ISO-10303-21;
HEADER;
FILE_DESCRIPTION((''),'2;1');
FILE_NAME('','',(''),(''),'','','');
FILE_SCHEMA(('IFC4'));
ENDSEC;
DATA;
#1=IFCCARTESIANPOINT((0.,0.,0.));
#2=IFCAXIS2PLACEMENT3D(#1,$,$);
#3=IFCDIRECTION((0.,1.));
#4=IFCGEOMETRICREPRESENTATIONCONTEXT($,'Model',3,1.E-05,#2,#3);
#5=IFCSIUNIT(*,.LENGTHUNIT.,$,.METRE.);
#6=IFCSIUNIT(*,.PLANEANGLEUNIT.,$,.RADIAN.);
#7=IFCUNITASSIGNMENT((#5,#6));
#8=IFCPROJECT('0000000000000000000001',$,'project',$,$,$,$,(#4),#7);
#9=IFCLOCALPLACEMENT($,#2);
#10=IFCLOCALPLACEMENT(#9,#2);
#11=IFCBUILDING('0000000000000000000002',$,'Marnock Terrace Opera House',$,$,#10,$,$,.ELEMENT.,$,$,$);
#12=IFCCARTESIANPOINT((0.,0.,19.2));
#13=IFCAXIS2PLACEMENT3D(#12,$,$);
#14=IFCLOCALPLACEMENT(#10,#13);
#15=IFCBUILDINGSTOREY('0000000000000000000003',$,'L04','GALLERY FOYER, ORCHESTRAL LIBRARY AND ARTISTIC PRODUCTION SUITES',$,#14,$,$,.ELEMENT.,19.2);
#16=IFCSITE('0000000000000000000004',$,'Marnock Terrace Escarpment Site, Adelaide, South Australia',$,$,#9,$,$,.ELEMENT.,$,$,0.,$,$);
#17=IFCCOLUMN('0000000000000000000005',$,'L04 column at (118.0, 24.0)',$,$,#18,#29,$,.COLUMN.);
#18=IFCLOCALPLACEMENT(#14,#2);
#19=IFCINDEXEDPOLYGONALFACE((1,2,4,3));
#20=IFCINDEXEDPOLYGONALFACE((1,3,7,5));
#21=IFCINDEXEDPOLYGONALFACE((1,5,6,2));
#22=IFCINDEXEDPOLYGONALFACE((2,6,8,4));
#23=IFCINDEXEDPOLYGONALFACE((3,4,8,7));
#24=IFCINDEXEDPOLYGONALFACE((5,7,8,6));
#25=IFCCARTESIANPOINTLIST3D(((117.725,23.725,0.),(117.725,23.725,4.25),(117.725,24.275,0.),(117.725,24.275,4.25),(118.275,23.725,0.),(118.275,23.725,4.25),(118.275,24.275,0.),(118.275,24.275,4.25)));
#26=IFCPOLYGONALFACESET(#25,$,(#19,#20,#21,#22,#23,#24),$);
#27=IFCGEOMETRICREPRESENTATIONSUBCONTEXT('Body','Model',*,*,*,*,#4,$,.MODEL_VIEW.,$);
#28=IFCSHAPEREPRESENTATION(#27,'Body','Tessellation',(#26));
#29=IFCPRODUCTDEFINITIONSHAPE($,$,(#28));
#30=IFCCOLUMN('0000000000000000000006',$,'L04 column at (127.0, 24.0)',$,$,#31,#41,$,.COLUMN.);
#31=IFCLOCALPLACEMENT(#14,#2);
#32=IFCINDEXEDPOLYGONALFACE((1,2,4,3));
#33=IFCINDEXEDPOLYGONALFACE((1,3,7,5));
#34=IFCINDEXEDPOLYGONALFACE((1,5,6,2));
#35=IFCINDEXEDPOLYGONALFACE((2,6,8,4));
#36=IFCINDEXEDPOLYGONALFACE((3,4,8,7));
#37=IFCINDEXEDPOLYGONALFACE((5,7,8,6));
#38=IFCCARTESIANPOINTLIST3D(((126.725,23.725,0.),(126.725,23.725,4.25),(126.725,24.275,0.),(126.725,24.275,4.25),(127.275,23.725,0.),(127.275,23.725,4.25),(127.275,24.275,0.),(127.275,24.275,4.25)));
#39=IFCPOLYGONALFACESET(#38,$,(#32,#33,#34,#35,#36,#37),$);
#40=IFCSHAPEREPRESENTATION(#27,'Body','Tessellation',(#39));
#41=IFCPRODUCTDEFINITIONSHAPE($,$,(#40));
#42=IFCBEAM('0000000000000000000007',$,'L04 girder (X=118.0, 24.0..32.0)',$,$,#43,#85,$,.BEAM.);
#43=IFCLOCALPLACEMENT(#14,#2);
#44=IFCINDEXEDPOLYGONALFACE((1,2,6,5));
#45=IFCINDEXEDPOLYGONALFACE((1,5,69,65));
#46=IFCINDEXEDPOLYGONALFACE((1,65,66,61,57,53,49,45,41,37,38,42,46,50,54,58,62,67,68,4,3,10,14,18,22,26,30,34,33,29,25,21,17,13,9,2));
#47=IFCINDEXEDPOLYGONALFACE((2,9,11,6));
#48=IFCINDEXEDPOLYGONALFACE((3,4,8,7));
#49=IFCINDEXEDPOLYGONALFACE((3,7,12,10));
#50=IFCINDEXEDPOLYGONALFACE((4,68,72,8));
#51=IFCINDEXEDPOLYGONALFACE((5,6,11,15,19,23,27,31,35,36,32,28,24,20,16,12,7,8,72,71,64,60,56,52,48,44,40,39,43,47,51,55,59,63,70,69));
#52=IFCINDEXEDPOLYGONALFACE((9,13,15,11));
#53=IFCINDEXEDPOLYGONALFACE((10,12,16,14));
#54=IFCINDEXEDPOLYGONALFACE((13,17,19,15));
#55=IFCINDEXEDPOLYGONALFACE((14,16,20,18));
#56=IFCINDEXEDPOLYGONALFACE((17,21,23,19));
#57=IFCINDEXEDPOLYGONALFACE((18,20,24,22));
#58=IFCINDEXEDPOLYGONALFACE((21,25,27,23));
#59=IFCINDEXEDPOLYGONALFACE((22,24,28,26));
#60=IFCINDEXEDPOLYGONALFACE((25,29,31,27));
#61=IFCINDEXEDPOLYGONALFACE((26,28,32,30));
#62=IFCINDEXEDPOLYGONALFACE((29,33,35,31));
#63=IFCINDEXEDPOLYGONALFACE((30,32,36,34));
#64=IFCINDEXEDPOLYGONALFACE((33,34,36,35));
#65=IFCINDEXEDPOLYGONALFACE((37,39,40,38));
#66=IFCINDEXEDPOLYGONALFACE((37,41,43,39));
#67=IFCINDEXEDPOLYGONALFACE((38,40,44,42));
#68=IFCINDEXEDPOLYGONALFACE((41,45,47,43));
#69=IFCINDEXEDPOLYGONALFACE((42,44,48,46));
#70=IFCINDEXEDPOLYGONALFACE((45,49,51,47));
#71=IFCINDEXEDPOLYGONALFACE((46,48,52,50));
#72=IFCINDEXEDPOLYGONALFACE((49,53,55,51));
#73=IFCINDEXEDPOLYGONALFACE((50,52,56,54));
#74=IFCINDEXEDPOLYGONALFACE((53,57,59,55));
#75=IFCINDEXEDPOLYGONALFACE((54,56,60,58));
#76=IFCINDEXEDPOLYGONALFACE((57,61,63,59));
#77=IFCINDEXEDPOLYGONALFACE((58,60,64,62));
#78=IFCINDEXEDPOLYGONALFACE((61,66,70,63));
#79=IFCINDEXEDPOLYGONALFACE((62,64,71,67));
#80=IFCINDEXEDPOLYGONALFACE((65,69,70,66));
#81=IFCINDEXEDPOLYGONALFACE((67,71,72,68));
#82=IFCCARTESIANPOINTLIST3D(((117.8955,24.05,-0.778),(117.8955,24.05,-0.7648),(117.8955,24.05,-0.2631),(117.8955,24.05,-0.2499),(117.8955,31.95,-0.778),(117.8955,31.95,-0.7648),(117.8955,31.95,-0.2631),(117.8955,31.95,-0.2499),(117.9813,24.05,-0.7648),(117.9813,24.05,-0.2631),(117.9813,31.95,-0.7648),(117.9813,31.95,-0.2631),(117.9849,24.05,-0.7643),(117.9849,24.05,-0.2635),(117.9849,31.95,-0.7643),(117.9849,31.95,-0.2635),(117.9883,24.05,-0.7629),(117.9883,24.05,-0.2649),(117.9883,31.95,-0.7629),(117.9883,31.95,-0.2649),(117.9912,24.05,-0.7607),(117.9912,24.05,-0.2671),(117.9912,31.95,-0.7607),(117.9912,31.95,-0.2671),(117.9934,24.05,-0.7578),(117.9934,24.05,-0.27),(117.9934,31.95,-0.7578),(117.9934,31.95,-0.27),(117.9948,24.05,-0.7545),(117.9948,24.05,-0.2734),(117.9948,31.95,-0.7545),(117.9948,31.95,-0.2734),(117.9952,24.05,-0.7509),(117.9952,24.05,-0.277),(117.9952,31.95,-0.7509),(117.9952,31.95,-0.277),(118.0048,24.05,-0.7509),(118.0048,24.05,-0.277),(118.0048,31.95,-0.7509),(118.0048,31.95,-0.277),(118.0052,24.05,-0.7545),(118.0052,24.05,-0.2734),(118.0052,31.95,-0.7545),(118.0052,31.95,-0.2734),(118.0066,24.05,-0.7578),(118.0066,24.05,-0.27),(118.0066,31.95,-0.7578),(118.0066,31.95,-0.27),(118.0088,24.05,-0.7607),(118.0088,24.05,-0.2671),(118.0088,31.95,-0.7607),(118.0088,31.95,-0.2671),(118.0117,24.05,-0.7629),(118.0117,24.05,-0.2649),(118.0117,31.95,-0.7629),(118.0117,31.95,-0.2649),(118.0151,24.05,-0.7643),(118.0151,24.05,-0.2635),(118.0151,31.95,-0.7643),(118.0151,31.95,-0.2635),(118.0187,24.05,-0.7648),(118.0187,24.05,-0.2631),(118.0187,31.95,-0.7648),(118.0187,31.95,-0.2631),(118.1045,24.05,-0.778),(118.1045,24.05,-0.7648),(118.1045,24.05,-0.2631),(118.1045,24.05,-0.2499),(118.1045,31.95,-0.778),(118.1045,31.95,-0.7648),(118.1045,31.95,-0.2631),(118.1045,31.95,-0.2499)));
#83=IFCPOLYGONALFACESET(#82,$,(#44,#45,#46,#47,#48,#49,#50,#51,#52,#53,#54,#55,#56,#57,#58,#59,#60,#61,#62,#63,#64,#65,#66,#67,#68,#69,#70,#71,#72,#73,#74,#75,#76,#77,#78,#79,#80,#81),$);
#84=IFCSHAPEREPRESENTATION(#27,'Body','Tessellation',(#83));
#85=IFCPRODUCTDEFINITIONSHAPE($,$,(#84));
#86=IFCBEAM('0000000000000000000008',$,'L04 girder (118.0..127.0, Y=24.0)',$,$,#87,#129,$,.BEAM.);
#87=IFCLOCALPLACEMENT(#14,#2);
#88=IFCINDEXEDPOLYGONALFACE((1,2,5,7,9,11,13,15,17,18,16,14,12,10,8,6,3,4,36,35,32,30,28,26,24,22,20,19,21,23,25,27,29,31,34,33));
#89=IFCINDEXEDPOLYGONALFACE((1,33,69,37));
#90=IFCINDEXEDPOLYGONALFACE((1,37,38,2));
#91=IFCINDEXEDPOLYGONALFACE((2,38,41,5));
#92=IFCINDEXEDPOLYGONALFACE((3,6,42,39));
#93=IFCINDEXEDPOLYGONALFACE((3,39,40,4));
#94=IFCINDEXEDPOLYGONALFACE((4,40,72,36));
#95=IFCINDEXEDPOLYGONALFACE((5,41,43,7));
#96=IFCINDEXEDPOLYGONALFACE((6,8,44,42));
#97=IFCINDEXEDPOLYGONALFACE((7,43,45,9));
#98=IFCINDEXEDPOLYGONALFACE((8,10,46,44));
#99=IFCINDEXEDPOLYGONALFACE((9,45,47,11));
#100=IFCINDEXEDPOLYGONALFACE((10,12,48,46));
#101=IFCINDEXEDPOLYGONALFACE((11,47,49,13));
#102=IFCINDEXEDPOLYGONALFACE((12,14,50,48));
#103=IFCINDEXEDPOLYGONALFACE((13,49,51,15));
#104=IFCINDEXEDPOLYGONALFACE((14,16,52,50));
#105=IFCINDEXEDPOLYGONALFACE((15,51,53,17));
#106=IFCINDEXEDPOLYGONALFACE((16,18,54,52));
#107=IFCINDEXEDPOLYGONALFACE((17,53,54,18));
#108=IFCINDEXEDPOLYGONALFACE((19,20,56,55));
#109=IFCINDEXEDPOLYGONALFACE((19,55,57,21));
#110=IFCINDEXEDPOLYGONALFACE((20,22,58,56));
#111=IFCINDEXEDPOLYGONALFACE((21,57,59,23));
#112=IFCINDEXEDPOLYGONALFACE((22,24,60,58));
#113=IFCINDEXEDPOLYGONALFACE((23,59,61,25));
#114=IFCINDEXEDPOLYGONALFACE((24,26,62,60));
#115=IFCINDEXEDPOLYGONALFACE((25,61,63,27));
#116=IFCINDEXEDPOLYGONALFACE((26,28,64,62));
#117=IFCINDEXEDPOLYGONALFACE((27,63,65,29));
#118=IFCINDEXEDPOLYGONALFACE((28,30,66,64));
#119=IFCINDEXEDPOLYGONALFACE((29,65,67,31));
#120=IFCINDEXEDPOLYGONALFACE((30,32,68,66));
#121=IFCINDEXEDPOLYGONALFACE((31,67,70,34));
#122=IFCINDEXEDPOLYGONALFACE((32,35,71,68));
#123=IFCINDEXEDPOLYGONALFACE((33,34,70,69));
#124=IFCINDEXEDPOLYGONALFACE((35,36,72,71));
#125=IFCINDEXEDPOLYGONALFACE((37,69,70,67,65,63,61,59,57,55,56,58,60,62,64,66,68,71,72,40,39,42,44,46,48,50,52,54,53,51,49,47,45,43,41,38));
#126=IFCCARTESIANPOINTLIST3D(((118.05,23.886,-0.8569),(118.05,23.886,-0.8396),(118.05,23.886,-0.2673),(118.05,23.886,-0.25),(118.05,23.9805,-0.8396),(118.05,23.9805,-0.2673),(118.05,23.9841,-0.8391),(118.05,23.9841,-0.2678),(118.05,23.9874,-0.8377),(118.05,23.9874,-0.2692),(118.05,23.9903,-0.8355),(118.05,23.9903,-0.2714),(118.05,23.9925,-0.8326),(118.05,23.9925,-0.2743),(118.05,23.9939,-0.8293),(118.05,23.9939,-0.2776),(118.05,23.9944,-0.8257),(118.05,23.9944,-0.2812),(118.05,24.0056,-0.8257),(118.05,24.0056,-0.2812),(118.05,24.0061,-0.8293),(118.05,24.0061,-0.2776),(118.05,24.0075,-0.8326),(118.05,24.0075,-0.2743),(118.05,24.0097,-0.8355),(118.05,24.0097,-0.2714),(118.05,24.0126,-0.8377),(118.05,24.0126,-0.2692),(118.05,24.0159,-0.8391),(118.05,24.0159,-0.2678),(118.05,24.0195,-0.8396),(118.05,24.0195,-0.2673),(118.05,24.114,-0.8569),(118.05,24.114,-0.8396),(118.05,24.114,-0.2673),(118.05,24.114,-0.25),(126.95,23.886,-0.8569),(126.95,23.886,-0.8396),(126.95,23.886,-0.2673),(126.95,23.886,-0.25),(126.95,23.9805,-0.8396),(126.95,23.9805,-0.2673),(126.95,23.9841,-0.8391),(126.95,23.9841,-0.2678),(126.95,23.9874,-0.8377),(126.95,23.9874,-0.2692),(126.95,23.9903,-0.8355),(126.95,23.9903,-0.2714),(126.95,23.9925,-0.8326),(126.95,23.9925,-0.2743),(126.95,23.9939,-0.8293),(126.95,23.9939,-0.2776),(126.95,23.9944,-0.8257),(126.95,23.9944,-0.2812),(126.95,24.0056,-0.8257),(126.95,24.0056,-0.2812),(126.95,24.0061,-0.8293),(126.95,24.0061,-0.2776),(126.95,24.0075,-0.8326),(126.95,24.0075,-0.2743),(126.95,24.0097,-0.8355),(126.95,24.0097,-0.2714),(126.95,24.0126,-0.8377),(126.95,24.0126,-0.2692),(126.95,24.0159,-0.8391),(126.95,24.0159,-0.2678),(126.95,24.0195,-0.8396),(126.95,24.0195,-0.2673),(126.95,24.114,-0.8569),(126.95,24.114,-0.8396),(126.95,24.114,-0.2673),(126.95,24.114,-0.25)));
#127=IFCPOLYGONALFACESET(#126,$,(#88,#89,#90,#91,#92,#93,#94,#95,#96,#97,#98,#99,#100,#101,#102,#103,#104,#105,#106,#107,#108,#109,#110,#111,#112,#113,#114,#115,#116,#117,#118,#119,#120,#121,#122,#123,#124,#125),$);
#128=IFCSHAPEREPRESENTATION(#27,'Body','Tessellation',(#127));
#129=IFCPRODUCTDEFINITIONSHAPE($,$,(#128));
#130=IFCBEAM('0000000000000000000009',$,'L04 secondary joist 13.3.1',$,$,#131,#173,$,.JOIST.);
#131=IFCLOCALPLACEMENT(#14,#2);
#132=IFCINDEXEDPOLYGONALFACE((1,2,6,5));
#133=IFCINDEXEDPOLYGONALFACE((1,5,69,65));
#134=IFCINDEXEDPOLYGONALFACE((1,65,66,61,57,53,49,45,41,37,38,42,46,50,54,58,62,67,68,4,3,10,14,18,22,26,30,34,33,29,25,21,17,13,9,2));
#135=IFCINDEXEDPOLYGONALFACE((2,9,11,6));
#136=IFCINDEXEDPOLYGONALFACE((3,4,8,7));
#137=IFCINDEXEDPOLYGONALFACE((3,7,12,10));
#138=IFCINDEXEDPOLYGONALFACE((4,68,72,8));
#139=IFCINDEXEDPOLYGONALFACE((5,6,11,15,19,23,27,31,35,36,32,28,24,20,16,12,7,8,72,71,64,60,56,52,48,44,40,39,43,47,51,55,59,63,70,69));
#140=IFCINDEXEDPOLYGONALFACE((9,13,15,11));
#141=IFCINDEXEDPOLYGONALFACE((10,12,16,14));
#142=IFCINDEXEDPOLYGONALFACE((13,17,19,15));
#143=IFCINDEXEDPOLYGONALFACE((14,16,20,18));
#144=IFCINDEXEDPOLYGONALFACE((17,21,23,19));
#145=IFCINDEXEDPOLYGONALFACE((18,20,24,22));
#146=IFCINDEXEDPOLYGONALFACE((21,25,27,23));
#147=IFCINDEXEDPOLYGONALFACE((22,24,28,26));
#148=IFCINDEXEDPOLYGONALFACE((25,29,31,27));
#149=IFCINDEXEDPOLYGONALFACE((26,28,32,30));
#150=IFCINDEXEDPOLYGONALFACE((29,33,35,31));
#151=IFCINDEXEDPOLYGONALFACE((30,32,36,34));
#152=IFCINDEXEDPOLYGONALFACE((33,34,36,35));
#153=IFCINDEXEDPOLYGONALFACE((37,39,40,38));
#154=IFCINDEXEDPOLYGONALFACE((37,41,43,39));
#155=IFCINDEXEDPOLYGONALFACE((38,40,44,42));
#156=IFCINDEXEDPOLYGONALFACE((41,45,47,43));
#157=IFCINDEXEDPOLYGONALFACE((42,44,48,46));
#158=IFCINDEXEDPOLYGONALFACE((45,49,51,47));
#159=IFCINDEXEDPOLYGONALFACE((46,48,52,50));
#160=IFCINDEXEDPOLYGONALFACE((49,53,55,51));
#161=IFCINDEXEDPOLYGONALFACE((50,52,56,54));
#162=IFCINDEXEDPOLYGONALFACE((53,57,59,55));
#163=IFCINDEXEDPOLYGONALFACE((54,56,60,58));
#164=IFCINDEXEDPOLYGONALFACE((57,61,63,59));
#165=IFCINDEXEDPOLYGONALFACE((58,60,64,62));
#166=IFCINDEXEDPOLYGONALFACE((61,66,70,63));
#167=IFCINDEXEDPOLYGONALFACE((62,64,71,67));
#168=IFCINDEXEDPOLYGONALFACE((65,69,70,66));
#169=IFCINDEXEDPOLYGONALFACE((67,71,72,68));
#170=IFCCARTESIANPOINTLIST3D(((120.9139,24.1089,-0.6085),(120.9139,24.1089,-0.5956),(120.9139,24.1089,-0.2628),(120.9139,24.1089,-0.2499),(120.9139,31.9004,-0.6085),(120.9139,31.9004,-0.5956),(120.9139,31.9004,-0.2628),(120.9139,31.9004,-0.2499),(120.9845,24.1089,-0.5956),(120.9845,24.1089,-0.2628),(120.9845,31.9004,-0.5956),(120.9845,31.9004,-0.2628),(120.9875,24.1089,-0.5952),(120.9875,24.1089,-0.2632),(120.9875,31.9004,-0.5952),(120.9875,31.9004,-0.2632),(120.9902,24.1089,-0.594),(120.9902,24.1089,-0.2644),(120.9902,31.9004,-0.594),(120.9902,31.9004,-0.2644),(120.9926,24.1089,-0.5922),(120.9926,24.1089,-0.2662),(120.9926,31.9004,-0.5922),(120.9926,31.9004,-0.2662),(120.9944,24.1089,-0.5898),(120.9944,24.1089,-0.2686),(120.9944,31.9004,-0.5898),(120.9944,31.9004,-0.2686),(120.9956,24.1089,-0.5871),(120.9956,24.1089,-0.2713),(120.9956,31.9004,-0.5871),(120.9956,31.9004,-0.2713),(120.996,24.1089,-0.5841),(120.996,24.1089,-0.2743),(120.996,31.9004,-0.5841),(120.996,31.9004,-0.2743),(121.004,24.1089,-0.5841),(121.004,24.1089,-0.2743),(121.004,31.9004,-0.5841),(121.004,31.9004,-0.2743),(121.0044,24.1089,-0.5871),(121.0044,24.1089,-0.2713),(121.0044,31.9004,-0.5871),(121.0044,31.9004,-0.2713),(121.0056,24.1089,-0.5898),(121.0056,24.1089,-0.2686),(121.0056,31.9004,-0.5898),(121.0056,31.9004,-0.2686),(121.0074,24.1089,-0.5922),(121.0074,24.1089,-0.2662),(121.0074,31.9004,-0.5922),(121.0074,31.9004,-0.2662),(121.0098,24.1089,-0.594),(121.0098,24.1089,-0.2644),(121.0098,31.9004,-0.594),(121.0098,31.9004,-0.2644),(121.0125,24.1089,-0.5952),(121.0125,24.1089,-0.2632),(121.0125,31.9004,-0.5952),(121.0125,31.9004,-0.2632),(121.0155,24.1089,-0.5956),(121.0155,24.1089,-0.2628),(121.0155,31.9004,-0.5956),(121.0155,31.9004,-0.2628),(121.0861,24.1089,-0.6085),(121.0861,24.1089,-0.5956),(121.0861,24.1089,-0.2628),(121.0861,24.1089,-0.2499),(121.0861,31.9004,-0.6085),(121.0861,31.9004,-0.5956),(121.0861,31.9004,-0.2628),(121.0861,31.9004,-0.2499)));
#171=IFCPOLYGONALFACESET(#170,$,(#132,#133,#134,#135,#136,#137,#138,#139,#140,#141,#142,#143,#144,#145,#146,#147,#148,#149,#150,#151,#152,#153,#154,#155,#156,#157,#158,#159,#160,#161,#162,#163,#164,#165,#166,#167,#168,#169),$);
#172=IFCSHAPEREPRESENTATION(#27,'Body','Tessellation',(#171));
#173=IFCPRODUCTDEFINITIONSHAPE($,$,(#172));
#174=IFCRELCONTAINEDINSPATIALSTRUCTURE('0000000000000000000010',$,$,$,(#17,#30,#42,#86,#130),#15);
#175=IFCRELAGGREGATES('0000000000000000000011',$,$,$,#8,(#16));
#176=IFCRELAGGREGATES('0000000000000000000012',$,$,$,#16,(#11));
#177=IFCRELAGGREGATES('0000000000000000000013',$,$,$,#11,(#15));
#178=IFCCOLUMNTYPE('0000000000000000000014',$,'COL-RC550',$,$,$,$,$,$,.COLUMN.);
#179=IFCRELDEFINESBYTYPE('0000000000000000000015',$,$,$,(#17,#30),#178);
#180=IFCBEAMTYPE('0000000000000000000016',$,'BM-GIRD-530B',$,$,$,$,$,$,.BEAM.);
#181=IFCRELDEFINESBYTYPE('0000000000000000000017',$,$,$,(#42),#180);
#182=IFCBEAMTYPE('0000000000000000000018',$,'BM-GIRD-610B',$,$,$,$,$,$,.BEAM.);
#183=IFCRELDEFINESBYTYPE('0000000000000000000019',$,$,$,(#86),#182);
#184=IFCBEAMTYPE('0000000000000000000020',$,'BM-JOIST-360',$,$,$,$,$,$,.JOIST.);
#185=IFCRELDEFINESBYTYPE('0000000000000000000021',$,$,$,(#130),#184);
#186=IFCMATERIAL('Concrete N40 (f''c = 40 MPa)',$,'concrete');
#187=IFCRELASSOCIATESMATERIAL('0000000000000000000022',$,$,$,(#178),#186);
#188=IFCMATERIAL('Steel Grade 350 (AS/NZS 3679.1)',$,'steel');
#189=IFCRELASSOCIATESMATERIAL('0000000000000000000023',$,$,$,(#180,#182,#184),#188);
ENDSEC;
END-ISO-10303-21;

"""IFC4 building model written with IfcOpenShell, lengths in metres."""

from ifc_helpers import new_model, si_unit, direction, frame, origin, origin_2d, place, context, subcontext, project, spatial, rectangle, i_section, extrude, material, material_profile, profile_set, type_object, element, save


model = new_model("IFC4")

# Units and contexts
model_context = context("Model", 3, precision=1e-05, world=origin(), true_north=direction((0.0, 1.0)))
body_context = subcontext(model_context, "Body", "Model", "MODEL_VIEW")
ifc_project = project(units=[si_unit("LENGTHUNIT", "METRE"), si_unit("PLANEANGLEUNIT", "RADIAN")], contexts=[model_context])

# Site, building, storey
site_placement = place(None, origin())
site = spatial("IfcSite", under=ifc_project, at=site_placement, Name="Marnock Terrace Escarpment Site, Adelaide, South Australia", CompositionType="ELEMENT", RefElevation=0.0)
building_placement = place(site_placement, origin())
building = spatial("IfcBuilding", under=site, at=building_placement, Name="Marnock Terrace Opera House", CompositionType="ELEMENT")
storey_placement = place(building_placement, frame((0.0, 0.0, 19.2)))
storey = spatial("IfcBuildingStorey", under=building, at=storey_placement, Name="L04", Description="GALLERY FOYER, ORCHESTRAL LIBRARY AND ARTISTIC PRODUCTION SUITES", CompositionType="ELEMENT", Elevation=19.2)

# Columns
ifc_material_1 = material(Name="Concrete N40 (f'c = 40 MPa)", Category="concrete")
ifc_material_profile_1 = material_profile(ifc_material_1, rectangle(XDim=0.55, YDim=0.55, at=origin_2d()))
ifc_profile_set_1 = profile_set([ifc_material_profile_1], Name="Concrete N40 (f'c = 40 MPa)")
column_type = type_object("IfcColumnType", Name="COL-RC550", PredefinedType="COLUMN", material=ifc_profile_set_1)
for number, where, z_axis, x_axis, name in (
    (1, (118.0, 24.0, 0.0), (0.0, 0.0, 1.0), (1.0, 0.0, 0.0), "L04 column at (118.0, 24.0)"),
    (2, (127.0, 24.0, 0.0), (0.0, 0.0, 1.0), (1.0, 0.0, 0.0), "L04 column at (127.0, 24.0)"),
):
    element("IfcColumn", number, at=place(storey_placement, frame(where, z_axis=z_axis, x_axis=x_axis)), inside=storey, type_object=column_type, Name=name, PredefinedType="COLUMN", context=body_context, shape_type="SweptSolid", body=[
        extrude(rectangle(XDim=0.55, YDim=0.55, at=origin_2d()), origin(), (0.0, 0.0, 1.0), 4.25),
    ])

# Beams
ifc_material_2 = material(Name="Steel Grade 350 (AS/NZS 3679.1)", Category="steel")
ifc_material_profile_2 = material_profile(ifc_material_2, i_section(OverallWidth=0.209, OverallDepth=0.5281, WebThickness=0.0095, FlangeThickness=0.0132, FilletRadius=0.0139, at=origin_2d()))
ifc_profile_set_2 = profile_set([ifc_material_profile_2], Name="Steel Grade 350 (AS/NZS 3679.1)")
beam_type_1 = type_object("IfcBeamType", Name="BM-GIRD-530B", PredefinedType="BEAM", material=ifc_profile_set_2)
beam_1_placement = place(storey_placement, frame((118.0, 24.05, -0.5139), z_axis=(0.0, 1.0, 0.0), x_axis=(-1.0, 0.0, 0.0)))
element("IfcBeam", 3, at=beam_1_placement, inside=storey, type_object=beam_type_1, Name="L04 girder (X=118.0, 24.0..32.0)", PredefinedType="BEAM", context=body_context, shape_type="SweptSolid", body=[
    extrude(i_section(OverallWidth=0.209, OverallDepth=0.5281, WebThickness=0.0095, FlangeThickness=0.0132, FilletRadius=0.0139, at=origin_2d()), origin(), (0.0, 0.0, 1.0), 7.8999),
])
ifc_material_profile_3 = material_profile(ifc_material_2, i_section(OverallWidth=0.228, OverallDepth=0.6069, WebThickness=0.0112, FlangeThickness=0.0173, FilletRadius=0.0139, at=origin_2d()))
ifc_profile_set_3 = profile_set([ifc_material_profile_3], Name="Steel Grade 350 (AS/NZS 3679.1)")
beam_type_2 = type_object("IfcBeamType", Name="BM-GIRD-610B", PredefinedType="BEAM", material=ifc_profile_set_3)
beam_2_placement = place(storey_placement, frame((118.05, 24.0, -0.5535), z_axis=(1.0, 0.0, 0.0), x_axis=(0.0, 1.0, 0.0)))
element("IfcBeam", 4, at=beam_2_placement, inside=storey, type_object=beam_type_2, Name="L04 girder (118.0..127.0, Y=24.0)", PredefinedType="BEAM", context=body_context, shape_type="SweptSolid", body=[
    extrude(i_section(OverallWidth=0.228, OverallDepth=0.6069, WebThickness=0.0112, FlangeThickness=0.0173, FilletRadius=0.0139, at=origin_2d()), origin(), (0.0, 0.0, 1.0), 8.8999),
])
ifc_material_profile_4 = material_profile(ifc_material_2, i_section(OverallWidth=0.1721, OverallDepth=0.3586, WebThickness=0.0081, FlangeThickness=0.0129, FilletRadius=0.0115, at=origin_2d()))
ifc_profile_set_4 = profile_set([ifc_material_profile_4], Name="Steel Grade 350 (AS/NZS 3679.1)")
beam_type_3 = type_object("IfcBeamType", Name="BM-JOIST-360", PredefinedType="JOIST", material=ifc_profile_set_4)
for number, where, z_axis, x_axis, name in (
    (5, (121.0, 24.1089, -0.4292), (0.0, 1.0, 0.0), (-1.0, 0.0, 0.0), "L04 secondary joist 13.3.1"),
):
    element("IfcBeam", number, at=place(storey_placement, frame(where, z_axis=z_axis, x_axis=x_axis)), inside=storey, type_object=beam_type_3, Name=name, PredefinedType="JOIST", context=body_context, shape_type="SweptSolid", body=[
        extrude(i_section(OverallWidth=0.1721, OverallDepth=0.3586, WebThickness=0.0081, FlangeThickness=0.0129, FilletRadius=0.0115, at=origin_2d()), origin(), (0.0, 0.0, 1.0), 7.7915),
    ])

save(model, "model.ifc")
